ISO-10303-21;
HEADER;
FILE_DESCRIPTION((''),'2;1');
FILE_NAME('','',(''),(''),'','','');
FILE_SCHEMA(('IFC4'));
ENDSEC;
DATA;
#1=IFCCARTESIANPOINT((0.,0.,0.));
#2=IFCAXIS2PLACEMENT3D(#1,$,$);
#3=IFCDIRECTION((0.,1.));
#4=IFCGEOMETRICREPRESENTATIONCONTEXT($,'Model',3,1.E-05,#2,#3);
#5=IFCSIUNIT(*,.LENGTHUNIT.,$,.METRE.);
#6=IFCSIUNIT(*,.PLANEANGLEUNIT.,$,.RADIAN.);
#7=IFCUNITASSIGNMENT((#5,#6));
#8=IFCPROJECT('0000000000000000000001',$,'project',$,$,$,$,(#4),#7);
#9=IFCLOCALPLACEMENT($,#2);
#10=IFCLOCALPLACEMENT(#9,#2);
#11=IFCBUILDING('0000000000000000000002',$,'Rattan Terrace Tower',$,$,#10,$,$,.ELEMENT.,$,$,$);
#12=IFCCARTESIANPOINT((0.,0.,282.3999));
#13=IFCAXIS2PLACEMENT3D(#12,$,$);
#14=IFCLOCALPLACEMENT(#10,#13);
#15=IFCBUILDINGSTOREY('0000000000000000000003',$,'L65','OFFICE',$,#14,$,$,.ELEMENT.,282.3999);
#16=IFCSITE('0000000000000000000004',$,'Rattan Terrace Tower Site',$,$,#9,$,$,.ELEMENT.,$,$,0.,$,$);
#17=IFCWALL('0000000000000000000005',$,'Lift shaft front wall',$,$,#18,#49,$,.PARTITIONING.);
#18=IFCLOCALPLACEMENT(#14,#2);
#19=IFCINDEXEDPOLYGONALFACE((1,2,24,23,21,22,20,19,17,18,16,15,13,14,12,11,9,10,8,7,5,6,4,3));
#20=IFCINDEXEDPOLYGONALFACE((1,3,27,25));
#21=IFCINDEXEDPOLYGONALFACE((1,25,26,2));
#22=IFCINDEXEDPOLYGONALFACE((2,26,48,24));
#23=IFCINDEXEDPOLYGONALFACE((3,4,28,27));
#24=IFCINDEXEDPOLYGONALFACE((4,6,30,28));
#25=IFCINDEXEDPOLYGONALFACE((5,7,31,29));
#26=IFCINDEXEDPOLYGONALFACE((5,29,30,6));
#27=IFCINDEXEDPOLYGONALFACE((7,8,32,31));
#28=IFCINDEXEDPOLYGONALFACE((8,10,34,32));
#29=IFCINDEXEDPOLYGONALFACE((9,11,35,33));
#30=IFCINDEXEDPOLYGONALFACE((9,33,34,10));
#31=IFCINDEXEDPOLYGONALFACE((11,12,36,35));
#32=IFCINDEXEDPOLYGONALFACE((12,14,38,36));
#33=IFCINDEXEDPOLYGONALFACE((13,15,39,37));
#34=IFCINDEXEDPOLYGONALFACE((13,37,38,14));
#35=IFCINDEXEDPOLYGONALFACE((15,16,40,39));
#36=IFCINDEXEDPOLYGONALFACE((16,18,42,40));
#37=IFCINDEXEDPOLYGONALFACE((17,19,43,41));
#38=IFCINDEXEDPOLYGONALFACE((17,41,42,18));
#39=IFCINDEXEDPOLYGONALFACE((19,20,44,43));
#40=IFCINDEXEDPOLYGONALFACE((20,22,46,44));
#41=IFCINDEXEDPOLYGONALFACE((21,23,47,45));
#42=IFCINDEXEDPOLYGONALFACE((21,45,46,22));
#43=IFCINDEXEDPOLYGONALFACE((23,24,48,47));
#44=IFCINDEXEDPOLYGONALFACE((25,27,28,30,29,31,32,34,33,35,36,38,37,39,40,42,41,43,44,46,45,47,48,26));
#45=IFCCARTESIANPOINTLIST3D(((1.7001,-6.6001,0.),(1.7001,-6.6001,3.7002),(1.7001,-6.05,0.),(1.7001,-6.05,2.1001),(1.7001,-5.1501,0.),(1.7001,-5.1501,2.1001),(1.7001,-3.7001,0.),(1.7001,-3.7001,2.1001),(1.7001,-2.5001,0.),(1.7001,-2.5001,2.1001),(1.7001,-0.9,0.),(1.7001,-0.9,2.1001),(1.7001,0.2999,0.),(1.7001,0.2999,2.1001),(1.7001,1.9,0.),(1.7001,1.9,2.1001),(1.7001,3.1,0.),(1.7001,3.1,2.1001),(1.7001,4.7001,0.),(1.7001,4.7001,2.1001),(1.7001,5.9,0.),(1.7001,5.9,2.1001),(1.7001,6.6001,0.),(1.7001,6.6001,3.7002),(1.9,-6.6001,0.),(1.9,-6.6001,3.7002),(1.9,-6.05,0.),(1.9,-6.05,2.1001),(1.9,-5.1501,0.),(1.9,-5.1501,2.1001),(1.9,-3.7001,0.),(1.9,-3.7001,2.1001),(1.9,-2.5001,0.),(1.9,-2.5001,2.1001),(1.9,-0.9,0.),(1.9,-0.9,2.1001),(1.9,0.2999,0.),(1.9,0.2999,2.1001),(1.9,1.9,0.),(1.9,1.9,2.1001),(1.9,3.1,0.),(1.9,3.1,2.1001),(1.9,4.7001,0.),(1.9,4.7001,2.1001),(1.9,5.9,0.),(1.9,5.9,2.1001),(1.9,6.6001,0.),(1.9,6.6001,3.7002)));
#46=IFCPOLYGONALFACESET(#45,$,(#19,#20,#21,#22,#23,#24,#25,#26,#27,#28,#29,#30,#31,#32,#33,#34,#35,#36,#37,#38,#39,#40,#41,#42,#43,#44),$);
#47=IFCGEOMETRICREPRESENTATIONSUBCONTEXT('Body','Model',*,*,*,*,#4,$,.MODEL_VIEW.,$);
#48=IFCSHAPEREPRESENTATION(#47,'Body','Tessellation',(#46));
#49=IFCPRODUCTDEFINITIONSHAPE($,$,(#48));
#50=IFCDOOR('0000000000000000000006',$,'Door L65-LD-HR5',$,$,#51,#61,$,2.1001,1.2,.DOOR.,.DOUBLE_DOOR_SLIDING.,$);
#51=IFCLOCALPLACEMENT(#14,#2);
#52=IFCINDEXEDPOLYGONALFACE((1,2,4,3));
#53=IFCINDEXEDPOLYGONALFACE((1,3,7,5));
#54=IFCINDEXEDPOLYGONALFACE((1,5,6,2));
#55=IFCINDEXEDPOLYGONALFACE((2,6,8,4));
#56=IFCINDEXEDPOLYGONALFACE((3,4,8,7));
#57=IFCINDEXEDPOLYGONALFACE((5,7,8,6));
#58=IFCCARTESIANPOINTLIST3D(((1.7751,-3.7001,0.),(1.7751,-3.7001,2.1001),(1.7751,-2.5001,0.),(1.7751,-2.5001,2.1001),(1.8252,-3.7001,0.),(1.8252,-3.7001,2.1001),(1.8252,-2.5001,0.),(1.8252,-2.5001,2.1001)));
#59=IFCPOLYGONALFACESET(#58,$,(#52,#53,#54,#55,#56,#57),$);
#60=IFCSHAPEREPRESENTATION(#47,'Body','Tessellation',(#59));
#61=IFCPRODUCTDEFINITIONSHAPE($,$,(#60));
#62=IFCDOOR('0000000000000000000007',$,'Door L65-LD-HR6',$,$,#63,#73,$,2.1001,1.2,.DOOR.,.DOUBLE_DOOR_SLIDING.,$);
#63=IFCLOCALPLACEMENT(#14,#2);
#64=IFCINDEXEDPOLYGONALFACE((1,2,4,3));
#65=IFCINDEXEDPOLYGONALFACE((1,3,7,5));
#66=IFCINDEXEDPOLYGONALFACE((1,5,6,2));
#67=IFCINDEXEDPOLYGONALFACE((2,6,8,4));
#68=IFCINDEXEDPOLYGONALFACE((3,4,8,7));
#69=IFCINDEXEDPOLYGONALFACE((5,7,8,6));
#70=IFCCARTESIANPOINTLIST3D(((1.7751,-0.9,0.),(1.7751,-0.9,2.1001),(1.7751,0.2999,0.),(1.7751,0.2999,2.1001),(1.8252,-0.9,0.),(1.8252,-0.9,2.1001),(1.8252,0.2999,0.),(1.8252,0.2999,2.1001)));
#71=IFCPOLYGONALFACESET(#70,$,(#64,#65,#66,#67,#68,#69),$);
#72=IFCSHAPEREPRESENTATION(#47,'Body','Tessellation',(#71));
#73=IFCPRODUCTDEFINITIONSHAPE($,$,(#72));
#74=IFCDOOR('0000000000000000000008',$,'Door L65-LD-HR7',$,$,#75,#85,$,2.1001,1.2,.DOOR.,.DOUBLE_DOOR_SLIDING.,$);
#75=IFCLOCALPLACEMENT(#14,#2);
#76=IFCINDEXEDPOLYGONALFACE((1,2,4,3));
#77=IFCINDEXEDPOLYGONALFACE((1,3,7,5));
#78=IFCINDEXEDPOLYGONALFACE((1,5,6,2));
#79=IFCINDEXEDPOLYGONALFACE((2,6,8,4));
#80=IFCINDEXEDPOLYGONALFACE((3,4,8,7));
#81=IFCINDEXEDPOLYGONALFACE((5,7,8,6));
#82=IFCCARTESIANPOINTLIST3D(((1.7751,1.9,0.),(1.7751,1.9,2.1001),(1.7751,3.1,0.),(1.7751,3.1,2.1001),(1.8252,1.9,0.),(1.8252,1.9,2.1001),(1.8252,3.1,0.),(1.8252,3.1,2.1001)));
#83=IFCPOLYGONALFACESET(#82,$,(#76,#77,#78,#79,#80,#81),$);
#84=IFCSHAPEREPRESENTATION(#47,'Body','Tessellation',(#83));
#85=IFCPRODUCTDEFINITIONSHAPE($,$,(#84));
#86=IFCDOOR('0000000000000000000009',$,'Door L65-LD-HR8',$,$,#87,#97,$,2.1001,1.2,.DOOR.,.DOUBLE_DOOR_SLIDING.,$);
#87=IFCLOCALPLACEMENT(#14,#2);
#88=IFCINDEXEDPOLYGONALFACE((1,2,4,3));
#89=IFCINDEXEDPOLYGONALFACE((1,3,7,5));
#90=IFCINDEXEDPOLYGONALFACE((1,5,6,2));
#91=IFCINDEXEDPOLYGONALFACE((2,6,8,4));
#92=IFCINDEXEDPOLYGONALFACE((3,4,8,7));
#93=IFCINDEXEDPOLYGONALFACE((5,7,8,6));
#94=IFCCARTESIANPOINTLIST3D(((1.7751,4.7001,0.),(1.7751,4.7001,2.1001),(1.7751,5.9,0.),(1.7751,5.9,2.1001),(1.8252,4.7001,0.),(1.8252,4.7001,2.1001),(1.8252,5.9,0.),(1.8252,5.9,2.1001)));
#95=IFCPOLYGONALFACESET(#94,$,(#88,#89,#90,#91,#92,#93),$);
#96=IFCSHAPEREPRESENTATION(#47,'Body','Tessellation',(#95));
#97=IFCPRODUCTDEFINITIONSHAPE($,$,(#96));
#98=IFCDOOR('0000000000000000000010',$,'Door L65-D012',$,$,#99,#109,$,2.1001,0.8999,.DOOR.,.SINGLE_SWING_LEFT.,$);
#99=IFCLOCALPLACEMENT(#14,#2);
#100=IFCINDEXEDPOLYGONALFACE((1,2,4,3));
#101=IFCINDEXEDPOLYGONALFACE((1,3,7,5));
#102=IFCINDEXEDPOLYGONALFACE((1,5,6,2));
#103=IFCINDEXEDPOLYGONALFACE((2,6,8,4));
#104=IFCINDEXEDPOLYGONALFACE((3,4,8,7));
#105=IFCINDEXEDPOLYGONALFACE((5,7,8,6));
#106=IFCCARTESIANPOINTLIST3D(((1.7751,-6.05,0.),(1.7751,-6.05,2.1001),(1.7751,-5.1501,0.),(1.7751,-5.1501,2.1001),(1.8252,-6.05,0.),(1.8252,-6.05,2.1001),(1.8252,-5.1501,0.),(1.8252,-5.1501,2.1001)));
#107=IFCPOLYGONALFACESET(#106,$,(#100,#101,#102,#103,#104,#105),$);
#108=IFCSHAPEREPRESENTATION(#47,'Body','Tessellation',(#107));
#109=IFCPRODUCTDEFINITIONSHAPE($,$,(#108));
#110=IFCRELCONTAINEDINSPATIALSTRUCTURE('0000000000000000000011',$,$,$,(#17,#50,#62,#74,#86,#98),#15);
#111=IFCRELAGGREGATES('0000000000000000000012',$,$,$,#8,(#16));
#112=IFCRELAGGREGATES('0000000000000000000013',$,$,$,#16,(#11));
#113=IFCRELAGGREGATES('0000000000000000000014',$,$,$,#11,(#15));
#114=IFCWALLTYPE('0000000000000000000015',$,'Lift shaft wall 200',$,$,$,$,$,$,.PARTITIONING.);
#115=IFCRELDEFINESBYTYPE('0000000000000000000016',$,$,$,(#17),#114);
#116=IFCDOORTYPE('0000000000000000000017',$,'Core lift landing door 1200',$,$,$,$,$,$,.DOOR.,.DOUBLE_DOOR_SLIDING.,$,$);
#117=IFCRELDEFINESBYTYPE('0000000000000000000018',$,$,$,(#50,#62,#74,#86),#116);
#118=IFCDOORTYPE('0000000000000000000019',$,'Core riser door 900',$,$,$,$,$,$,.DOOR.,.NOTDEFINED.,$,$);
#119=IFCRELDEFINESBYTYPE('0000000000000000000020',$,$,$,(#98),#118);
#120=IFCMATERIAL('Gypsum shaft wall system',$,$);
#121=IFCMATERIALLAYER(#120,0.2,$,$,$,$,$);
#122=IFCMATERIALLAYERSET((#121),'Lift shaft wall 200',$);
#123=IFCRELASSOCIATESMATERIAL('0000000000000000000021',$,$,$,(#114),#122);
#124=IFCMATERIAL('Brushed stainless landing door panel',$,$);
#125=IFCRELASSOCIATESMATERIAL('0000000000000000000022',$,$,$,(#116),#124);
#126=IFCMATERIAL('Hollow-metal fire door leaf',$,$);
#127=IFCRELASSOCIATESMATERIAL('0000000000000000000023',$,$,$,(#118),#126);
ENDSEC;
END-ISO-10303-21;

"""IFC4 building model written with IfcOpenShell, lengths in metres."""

from ifc_helpers import new_model, si_unit, direction, frame, frame_2d, origin, place, context, subcontext, project, spatial, rectangle, extrude, material, layer, layer_set, type_object, element, fill, save


model = new_model("IFC4")

# Units and contexts
model_context = context("Model", 3, precision=1e-05, world=origin(), true_north=direction((0.0, 1.0)))
body_context = subcontext(model_context, "Body", "Model", "MODEL_VIEW")
ifc_project = project(units=[si_unit("LENGTHUNIT", "METRE"), si_unit("PLANEANGLEUNIT", "RADIAN")], contexts=[model_context])

# Site, building, storey
site_placement = place(None, origin())
site = spatial("IfcSite", under=ifc_project, at=site_placement, Name="Rattan Terrace Tower Site", CompositionType="ELEMENT", RefElevation=0.0)
building_placement = place(site_placement, origin())
building = spatial("IfcBuilding", under=site, at=building_placement, Name="Rattan Terrace Tower", CompositionType="ELEMENT")
storey_placement = place(building_placement, frame((0.0, 0.0, 282.3999)))
storey = spatial("IfcBuildingStorey", under=building, at=storey_placement, Name="L65", Description="OFFICE", CompositionType="ELEMENT", Elevation=282.3999)

# Wall, openings, doors
ifc_material_1 = material(Name="Gypsum shaft wall system")
ifc_layer_1 = layer(ifc_material_1, 0.2)
ifc_layer_set_1 = layer_set([ifc_layer_1], Name="Lift shaft wall 200")
wall_type_1 = type_object("IfcWallType", Name="Lift shaft wall 200", PredefinedType="PARTITIONING", material=ifc_layer_set_1)
wall_1_placement = place(storey_placement, frame((1.8, -6.6001, 0.0), z_axis=(0.0, 0.0, 1.0), x_axis=(0.0, 1.0, 0.0)))
wall_1 = element("IfcWall", 1, at=wall_1_placement, inside=storey, type_object=wall_type_1, Name="Lift shaft front wall", PredefinedType="PARTITIONING", context=body_context, shape_type="SweptSolid", body=[
    extrude(rectangle(XDim=13.2002, YDim=0.2, at=frame_2d((6.6001, 0.0))), origin(), (0.0, 0.0, 1.0), 3.7002),
])
opening_1_placement = place(wall_1_placement, frame((0.55, 0.0, 0.0)))
opening_1 = element("IfcOpeningElement", 2, at=opening_1_placement, cuts=wall_1, PredefinedType="OPENING", context=body_context, shape_type="SweptSolid", body=[
    extrude(rectangle(XDim=0.8999, YDim=2.1001, at=frame_2d((0.45, 1.05))), frame((0.0, 0.1106, 0.0), z_axis=(0.0, -1.0, 0.0), x_axis=(1.0, 0.0, 0.0)), (0.0, 0.0, 1.0), 0.2209),
])
opening_2_placement = place(wall_1_placement, frame((2.8999, 0.0, 0.0)))
opening_2 = element("IfcOpeningElement", 3, at=opening_2_placement, cuts=wall_1, PredefinedType="OPENING", context=body_context, shape_type="SweptSolid", body=[
    extrude(rectangle(XDim=1.2, YDim=2.1001, at=frame_2d((0.6001, 1.05))), frame((0.0, 0.1106, 0.0), z_axis=(0.0, -1.0, 0.0), x_axis=(1.0, 0.0, 0.0)), (0.0, 0.0, 1.0), 0.2209),
])
opening_3_placement = place(wall_1_placement, frame((5.7, 0.0, 0.0)))
opening_3 = element("IfcOpeningElement", 4, at=opening_3_placement, cuts=wall_1, PredefinedType="OPENING", context=body_context, shape_type="SweptSolid", body=[
    extrude(rectangle(XDim=1.2, YDim=2.1001, at=frame_2d((0.6001, 1.05))), frame((0.0, 0.1106, 0.0), z_axis=(0.0, -1.0, 0.0), x_axis=(1.0, 0.0, 0.0)), (0.0, 0.0, 1.0), 0.2209),
])
opening_4_placement = place(wall_1_placement, frame((8.5, 0.0, 0.0)))
opening_4 = element("IfcOpeningElement", 5, at=opening_4_placement, cuts=wall_1, PredefinedType="OPENING", context=body_context, shape_type="SweptSolid", body=[
    extrude(rectangle(XDim=1.2, YDim=2.1001, at=frame_2d((0.6001, 1.05))), frame((0.0, 0.1106, 0.0), z_axis=(0.0, -1.0, 0.0), x_axis=(1.0, 0.0, 0.0)), (0.0, 0.0, 1.0), 0.2209),
])
opening_5_placement = place(wall_1_placement, frame((11.3, 0.0, 0.0)))
opening_5 = element("IfcOpeningElement", 6, at=opening_5_placement, cuts=wall_1, PredefinedType="OPENING", context=body_context, shape_type="SweptSolid", body=[
    extrude(rectangle(XDim=1.2, YDim=2.1001, at=frame_2d((0.6001, 1.05))), frame((0.0, 0.1106, 0.0), z_axis=(0.0, -1.0, 0.0), x_axis=(1.0, 0.0, 0.0)), (0.0, 0.0, 1.0), 0.2209),
])
ifc_material_2 = material(Name="Brushed stainless landing door panel")
door_type_1 = type_object("IfcDoorType", Name="Core lift landing door 1200", OperationType="DOUBLE_DOOR_SLIDING", PredefinedType="DOOR", material=ifc_material_2)
door_1_placement = place(opening_2_placement, origin())
door_1 = element("IfcDoor", 7, at=door_1_placement, inside=storey, type_object=door_type_1, Name="Door L65-LD-HR5", OperationType="DOUBLE_DOOR_SLIDING", OverallHeight=2.1001, OverallWidth=1.2, PredefinedType="DOOR", context=body_context, shape_type="SweptSolid", body=[
    extrude(rectangle(XDim=1.2, YDim=2.1001, at=frame_2d((0.6001, 1.05))), frame((0.0, 0.0249, 0.0), z_axis=(0.0, -1.0, 0.0), x_axis=(1.0, 0.0, 0.0)), (0.0, 0.0, 1.0), 0.05),
])
fill(opening_2, door_1)
door_2_placement = place(opening_3_placement, origin())
door_2 = element("IfcDoor", 8, at=door_2_placement, inside=storey, type_object=door_type_1, Name="Door L65-LD-HR6", OperationType="DOUBLE_DOOR_SLIDING", OverallHeight=2.1001, OverallWidth=1.2, PredefinedType="DOOR", context=body_context, shape_type="SweptSolid", body=[
    extrude(rectangle(XDim=1.2, YDim=2.1001, at=frame_2d((0.6001, 1.05))), frame((0.0, 0.0249, 0.0), z_axis=(0.0, -1.0, 0.0), x_axis=(1.0, 0.0, 0.0)), (0.0, 0.0, 1.0), 0.05),
])
fill(opening_3, door_2)
door_3_placement = place(opening_4_placement, origin())
door_3 = element("IfcDoor", 9, at=door_3_placement, inside=storey, type_object=door_type_1, Name="Door L65-LD-HR7", OperationType="DOUBLE_DOOR_SLIDING", OverallHeight=2.1001, OverallWidth=1.2, PredefinedType="DOOR", context=body_context, shape_type="SweptSolid", body=[
    extrude(rectangle(XDim=1.2, YDim=2.1001, at=frame_2d((0.6001, 1.05))), frame((0.0, 0.0249, 0.0), z_axis=(0.0, -1.0, 0.0), x_axis=(1.0, 0.0, 0.0)), (0.0, 0.0, 1.0), 0.05),
])
fill(opening_4, door_3)
door_4_placement = place(opening_5_placement, origin())
door_4 = element("IfcDoor", 10, at=door_4_placement, inside=storey, type_object=door_type_1, Name="Door L65-LD-HR8", OperationType="DOUBLE_DOOR_SLIDING", OverallHeight=2.1001, OverallWidth=1.2, PredefinedType="DOOR", context=body_context, shape_type="SweptSolid", body=[
    extrude(rectangle(XDim=1.2, YDim=2.1001, at=frame_2d((0.6001, 1.05))), frame((0.0, 0.0249, 0.0), z_axis=(0.0, -1.0, 0.0), x_axis=(1.0, 0.0, 0.0)), (0.0, 0.0, 1.0), 0.05),
])
fill(opening_5, door_4)
ifc_material_3 = material(Name="Hollow-metal fire door leaf")
door_type_2 = type_object("IfcDoorType", Name="Core riser door 900", OperationType="NOTDEFINED", PredefinedType="DOOR", material=ifc_material_3)
door_5_placement = place(opening_1_placement, origin())
door_5 = element("IfcDoor", 11, at=door_5_placement, inside=storey, type_object=door_type_2, Name="Door L65-D012", OperationType="SINGLE_SWING_LEFT", OverallHeight=2.1001, OverallWidth=0.8999, PredefinedType="DOOR", context=body_context, shape_type="SweptSolid", body=[
    extrude(rectangle(XDim=0.8999, YDim=2.1001, at=frame_2d((0.45, 1.05))), frame((0.0, 0.0249, 0.0), z_axis=(0.0, -1.0, 0.0), x_axis=(1.0, 0.0, 0.0)), (0.0, 0.0, 1.0), 0.05),
])
fill(opening_1, door_5)

save(model, "model.ifc")
